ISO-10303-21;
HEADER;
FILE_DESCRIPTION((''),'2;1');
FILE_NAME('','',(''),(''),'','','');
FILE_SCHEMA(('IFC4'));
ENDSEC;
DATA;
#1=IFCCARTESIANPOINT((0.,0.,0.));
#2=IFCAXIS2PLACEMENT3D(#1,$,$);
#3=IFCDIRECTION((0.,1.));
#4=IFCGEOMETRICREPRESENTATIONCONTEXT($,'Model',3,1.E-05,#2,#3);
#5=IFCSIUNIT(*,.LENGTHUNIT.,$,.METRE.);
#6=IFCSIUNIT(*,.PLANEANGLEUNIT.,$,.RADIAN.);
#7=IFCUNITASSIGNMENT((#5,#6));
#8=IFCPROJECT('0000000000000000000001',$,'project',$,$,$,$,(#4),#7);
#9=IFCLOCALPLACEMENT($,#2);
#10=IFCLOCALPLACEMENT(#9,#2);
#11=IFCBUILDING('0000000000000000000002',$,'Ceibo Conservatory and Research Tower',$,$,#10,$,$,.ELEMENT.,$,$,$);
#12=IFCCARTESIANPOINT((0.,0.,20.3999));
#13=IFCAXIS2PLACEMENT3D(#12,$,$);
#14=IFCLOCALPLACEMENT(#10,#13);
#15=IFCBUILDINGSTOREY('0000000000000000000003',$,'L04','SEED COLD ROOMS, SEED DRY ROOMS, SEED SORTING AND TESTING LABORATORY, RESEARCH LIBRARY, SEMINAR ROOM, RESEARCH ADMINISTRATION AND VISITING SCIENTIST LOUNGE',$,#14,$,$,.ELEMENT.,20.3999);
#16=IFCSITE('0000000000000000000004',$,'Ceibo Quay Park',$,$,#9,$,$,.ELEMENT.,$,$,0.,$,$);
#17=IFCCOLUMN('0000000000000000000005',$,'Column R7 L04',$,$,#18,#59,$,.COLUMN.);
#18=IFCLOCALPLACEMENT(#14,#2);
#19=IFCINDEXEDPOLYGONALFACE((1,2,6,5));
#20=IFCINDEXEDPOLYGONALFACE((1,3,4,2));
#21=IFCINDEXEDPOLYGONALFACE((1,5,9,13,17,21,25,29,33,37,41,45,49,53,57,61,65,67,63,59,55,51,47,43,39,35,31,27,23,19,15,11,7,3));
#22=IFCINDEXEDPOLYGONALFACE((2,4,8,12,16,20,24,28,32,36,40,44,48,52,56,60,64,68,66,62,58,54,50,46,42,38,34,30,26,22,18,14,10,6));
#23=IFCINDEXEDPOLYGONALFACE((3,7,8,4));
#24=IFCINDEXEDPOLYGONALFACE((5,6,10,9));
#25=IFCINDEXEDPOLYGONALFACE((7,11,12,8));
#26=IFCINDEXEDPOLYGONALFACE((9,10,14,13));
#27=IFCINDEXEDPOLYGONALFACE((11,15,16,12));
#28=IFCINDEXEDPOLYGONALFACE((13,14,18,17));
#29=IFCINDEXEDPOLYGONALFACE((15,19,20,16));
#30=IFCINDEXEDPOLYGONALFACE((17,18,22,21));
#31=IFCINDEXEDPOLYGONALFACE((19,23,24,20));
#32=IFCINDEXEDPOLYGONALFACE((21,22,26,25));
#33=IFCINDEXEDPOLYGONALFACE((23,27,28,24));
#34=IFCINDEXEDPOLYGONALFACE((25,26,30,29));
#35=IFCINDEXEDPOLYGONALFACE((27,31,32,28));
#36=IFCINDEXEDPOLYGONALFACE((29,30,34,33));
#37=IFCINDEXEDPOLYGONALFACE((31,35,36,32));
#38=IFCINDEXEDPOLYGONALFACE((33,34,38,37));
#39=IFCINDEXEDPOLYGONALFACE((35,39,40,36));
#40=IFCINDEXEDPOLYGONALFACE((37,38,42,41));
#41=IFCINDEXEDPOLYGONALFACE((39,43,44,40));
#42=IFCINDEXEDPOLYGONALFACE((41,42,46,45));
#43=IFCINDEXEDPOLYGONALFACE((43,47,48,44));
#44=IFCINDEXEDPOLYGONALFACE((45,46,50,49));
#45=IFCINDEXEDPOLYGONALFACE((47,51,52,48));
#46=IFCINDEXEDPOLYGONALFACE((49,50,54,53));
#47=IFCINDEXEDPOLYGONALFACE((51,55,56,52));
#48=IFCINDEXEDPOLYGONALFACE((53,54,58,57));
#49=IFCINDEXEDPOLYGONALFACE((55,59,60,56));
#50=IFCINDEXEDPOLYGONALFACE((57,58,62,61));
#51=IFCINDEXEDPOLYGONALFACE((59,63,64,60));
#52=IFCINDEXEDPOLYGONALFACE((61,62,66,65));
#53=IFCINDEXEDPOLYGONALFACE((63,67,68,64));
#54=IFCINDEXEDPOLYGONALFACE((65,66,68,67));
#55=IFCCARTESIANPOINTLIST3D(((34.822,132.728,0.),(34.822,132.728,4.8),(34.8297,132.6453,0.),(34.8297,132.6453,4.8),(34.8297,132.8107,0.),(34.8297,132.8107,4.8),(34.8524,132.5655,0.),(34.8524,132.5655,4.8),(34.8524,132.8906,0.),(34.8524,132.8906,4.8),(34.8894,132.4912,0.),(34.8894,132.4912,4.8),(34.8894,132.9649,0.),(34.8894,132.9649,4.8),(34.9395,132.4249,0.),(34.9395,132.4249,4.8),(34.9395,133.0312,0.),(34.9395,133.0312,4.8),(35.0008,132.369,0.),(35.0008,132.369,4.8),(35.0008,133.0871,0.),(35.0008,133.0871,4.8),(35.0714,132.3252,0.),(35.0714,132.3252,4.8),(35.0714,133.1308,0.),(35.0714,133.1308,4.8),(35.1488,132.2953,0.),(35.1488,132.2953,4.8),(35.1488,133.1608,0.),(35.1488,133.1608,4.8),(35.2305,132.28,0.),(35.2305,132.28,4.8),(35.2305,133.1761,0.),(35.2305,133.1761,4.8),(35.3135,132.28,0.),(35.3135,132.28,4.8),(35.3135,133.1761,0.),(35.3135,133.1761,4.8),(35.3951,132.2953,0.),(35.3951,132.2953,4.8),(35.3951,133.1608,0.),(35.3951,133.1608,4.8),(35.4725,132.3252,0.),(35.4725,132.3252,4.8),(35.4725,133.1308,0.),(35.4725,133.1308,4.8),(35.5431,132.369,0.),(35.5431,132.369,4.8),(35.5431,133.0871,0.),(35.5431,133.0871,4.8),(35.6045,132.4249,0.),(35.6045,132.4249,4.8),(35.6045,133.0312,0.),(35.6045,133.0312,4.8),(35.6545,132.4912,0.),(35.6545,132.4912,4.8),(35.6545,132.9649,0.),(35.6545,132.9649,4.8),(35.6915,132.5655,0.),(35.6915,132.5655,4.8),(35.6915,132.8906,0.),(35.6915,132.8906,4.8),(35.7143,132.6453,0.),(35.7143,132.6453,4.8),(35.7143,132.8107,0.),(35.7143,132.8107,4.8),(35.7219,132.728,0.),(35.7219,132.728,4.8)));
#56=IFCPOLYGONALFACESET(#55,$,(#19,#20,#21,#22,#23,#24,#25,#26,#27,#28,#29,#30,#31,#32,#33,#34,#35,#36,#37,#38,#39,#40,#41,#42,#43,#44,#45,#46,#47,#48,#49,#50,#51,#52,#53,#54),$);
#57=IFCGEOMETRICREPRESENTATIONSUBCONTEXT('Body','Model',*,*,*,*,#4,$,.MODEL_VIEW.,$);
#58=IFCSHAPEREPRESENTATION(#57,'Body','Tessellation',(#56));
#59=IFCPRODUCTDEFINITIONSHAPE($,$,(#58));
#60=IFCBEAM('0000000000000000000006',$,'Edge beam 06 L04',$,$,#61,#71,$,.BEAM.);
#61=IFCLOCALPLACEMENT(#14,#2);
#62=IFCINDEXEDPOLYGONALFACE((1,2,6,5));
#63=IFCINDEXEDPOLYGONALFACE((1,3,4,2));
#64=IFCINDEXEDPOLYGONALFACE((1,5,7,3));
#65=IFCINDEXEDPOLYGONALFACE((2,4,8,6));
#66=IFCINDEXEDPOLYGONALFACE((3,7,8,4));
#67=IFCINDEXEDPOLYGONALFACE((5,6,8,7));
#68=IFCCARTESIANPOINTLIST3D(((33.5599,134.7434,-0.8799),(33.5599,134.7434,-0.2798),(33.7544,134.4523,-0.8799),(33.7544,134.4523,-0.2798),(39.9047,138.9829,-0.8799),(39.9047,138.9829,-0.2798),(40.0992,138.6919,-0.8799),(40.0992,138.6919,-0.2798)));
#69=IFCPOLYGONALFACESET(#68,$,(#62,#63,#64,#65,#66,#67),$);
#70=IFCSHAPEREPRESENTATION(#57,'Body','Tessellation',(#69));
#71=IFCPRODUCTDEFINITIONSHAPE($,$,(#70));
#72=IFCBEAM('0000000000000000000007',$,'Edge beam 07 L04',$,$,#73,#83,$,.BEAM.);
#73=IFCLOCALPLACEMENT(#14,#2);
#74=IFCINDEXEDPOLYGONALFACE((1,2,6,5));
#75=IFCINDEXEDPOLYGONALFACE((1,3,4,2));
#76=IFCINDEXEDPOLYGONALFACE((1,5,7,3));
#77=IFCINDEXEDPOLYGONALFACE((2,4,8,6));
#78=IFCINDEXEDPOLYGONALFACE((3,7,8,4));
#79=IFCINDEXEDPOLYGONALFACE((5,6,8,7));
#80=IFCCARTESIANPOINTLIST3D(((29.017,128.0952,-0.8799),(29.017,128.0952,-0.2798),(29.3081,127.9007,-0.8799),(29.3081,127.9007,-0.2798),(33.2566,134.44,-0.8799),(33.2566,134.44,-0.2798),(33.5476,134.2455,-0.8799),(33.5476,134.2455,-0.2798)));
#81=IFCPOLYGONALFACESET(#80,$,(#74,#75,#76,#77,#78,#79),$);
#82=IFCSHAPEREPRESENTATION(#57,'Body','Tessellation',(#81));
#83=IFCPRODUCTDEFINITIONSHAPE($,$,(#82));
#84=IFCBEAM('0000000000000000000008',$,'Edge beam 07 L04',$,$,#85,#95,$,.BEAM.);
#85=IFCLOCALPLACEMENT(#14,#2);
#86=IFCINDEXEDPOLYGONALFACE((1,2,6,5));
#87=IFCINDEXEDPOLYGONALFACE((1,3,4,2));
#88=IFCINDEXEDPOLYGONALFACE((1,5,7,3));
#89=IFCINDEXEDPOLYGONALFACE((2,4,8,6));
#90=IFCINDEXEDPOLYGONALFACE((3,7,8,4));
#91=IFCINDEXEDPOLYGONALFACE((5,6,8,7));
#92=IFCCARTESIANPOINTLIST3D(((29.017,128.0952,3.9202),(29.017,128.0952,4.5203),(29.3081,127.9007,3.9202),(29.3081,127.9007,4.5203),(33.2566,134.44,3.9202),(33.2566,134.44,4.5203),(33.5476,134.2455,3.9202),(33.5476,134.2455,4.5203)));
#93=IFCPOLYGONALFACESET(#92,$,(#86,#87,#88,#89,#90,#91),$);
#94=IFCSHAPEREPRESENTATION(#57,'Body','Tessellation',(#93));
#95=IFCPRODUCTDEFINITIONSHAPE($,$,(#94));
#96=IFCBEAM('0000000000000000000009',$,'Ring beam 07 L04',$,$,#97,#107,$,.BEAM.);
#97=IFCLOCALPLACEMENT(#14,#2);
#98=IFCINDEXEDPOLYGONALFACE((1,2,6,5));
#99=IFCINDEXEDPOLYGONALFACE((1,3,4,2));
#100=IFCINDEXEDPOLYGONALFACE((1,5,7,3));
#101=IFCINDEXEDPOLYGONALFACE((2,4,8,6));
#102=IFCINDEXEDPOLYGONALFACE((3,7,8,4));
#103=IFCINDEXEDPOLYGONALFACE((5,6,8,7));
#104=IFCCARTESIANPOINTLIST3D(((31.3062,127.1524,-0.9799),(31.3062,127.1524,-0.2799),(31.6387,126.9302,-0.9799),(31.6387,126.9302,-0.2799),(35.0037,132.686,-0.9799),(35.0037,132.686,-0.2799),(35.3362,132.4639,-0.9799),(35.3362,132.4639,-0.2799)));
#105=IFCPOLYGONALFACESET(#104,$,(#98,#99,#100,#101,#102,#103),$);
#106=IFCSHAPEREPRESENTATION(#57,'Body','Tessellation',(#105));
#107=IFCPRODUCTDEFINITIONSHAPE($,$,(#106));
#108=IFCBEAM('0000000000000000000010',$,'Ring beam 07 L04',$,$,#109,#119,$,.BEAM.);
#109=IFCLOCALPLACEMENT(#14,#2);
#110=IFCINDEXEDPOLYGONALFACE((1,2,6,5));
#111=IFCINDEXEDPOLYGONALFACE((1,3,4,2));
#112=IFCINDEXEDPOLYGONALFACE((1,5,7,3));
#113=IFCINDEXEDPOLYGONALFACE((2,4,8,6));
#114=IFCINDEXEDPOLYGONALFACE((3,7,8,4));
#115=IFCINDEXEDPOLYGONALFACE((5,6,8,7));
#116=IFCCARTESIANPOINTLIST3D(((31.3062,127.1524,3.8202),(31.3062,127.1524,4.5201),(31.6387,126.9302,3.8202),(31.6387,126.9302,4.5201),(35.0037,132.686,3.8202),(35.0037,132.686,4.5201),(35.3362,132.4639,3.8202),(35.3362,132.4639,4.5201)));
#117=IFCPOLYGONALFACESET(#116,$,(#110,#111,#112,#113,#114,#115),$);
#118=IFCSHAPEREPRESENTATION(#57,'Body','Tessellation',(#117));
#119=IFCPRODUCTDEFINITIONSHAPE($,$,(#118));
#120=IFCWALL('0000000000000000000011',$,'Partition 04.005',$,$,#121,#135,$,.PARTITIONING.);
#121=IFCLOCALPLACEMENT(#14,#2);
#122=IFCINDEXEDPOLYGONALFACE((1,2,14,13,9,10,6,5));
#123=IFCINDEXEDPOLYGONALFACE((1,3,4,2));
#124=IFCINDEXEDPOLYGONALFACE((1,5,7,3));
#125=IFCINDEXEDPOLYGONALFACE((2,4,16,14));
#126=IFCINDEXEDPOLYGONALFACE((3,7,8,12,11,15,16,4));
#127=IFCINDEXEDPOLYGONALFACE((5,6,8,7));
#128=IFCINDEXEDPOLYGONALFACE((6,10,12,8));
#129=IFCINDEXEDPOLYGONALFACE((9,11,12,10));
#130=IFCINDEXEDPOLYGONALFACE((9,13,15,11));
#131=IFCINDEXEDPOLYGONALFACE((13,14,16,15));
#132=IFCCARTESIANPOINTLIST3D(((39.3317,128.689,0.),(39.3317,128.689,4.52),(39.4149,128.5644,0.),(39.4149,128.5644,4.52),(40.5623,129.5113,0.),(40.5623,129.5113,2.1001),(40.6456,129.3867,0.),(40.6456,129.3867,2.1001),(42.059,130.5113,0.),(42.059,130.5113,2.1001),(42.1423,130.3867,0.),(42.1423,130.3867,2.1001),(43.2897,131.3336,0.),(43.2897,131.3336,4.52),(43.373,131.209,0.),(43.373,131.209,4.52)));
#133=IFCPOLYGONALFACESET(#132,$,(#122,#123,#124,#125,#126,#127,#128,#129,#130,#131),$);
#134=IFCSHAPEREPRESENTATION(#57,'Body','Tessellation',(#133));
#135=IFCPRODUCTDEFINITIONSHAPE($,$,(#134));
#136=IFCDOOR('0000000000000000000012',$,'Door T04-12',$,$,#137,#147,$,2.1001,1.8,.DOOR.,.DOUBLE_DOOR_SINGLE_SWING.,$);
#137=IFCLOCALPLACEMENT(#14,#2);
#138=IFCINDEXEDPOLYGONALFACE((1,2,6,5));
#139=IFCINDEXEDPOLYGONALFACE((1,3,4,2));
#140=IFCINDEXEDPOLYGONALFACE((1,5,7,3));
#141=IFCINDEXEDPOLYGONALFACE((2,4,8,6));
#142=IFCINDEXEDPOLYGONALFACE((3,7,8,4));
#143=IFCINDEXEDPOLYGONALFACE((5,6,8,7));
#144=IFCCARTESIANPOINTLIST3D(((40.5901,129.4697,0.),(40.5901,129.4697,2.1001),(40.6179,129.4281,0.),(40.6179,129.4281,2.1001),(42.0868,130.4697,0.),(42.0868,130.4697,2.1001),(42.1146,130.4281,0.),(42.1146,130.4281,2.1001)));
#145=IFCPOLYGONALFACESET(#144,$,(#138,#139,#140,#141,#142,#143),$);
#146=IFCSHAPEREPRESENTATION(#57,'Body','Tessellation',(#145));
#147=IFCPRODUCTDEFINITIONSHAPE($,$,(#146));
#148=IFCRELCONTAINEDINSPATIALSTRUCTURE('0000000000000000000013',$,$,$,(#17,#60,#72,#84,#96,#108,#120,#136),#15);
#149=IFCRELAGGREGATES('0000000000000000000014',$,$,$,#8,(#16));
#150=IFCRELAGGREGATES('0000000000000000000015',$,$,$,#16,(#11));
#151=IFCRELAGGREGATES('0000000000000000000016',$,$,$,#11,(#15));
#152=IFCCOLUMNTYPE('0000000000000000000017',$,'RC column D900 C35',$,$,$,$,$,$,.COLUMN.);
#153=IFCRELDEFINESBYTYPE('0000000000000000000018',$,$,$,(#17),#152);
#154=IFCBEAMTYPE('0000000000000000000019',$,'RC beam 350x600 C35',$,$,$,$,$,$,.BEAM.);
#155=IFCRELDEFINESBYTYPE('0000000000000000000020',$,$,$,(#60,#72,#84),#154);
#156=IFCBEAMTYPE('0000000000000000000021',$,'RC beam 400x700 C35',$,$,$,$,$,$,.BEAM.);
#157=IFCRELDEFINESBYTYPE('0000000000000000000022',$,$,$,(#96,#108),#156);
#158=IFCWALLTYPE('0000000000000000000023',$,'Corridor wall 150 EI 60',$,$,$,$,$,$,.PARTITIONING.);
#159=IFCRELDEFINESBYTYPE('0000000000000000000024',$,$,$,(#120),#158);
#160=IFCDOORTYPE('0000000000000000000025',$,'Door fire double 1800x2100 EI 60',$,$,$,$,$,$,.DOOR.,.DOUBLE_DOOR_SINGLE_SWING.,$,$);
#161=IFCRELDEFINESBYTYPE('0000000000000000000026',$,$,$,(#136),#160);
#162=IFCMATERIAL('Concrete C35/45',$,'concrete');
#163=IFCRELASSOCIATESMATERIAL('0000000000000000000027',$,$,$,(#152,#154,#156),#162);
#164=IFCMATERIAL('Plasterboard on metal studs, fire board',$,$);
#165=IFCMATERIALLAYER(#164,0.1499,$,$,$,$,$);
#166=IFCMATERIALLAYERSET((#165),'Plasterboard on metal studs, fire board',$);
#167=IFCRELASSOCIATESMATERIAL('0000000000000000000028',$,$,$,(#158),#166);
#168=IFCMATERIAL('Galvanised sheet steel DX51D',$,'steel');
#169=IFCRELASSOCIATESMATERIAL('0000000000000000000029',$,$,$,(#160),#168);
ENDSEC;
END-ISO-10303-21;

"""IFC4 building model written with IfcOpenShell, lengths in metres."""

from ifc_helpers import new_model, si_unit, direction, frame, frame_2d, origin, origin_2d, place, context, subcontext, project, spatial, rectangle, circle, extrude, material, layer, layer_set, material_profile, profile_set, type_object, element, fill, save


model = new_model("IFC4")

# Units and contexts
model_context = context("Model", 3, precision=1e-05, world=origin(), true_north=direction((0.0, 1.0)))
body_context = subcontext(model_context, "Body", "Model", "MODEL_VIEW")
ifc_project = project(units=[si_unit("LENGTHUNIT", "METRE"), si_unit("PLANEANGLEUNIT", "RADIAN")], contexts=[model_context])

# Site, building, storey
site_placement = place(None, origin())
site = spatial("IfcSite", under=ifc_project, at=site_placement, Name="Ceibo Quay Park", CompositionType="ELEMENT", RefElevation=0.0)
building_placement = place(site_placement, origin())
building = spatial("IfcBuilding", under=site, at=building_placement, Name="Ceibo Conservatory and Research Tower", CompositionType="ELEMENT")
storey_placement = place(building_placement, frame((0.0, 0.0, 20.3999)))
storey = spatial("IfcBuildingStorey", under=building, at=storey_placement, Name="L04", Description="SEED COLD ROOMS, SEED DRY ROOMS, SEED SORTING AND TESTING LABORATORY, RESEARCH LIBRARY, SEMINAR ROOM, RESEARCH ADMINISTRATION AND VISITING SCIENTIST LOUNGE", CompositionType="ELEMENT", Elevation=20.3999)

# Column
ifc_material_1 = material(Name="Concrete C35/45", Category="concrete")
ifc_material_profile_1 = material_profile(ifc_material_1, circle(Radius=0.45, at=origin_2d()), Name="RC D900")
ifc_profile_set_1 = profile_set([ifc_material_profile_1], Name="Concrete C35/45")
column_type = type_object("IfcColumnType", Name="RC column D900 C35", PredefinedType="COLUMN", material=ifc_profile_set_1)
column_placement = place(storey_placement, frame((35.272, 132.728, 0.0), z_axis=(0.0, 0.0, 1.0), x_axis=(1.0, 0.0, 0.0)))
element("IfcColumn", 1, at=column_placement, inside=storey, type_object=column_type, Name="Column R7 L04", PredefinedType="COLUMN", context=body_context, shape_type="SweptSolid", body=[
    extrude(circle(Radius=0.45, at=origin_2d()), origin(), (0.0, 0.0, 1.0), 4.8),
])

# Beams
ifc_material_profile_2 = material_profile(ifc_material_1, rectangle(XDim=0.3501, YDim=0.6001, at=origin_2d()), Name="RC 350x600")
ifc_profile_set_2 = profile_set([ifc_material_profile_2], Name="Concrete C35/45")
beam_type_1 = type_object("IfcBeamType", Name="RC beam 350x600 C35", PredefinedType="BEAM", material=ifc_profile_set_2)
for number, where, z_axis, x_axis, name in (
    (2, (40.002, 138.8374, -0.5798), (-0.831464, -0.555578, 0.0), (0.555578, -0.831464, 0.0), "Edge beam 06 L04"),
    (3, (33.4021, 134.3428, -0.5798), (-0.555578, -0.831464, 0.0), (0.831464, -0.555578, 0.0), "Edge beam 07 L04"),
    (4, (33.4021, 134.3428, 4.2202), (-0.555578, -0.831464, 0.0), (0.831464, -0.555578, 0.0), "Edge beam 07 L04"),
):
    element("IfcBeam", number, at=place(storey_placement, frame(where, z_axis=z_axis, x_axis=x_axis)), inside=storey, type_object=beam_type_1, Name=name, PredefinedType="BEAM", context=body_context, shape_type="SweptSolid", body=[
        extrude(rectangle(XDim=0.3501, YDim=0.6001, at=origin_2d()), origin(), (0.0, 0.0, 1.0), 7.6309),
    ])
ifc_material_profile_3 = material_profile(ifc_material_1, rectangle(XDim=0.3999, YDim=0.7, at=origin_2d()), Name="RC 400x700")
ifc_profile_set_3 = profile_set([ifc_material_profile_3], Name="Concrete C35/45")
beam_type_2 = type_object("IfcBeamType", Name="RC beam 400x700 C35", PredefinedType="BEAM", material=ifc_profile_set_3)
for number, where, z_axis, x_axis, name in (
    (5, (35.1699, 132.575, -0.6299), (-0.555572, -0.831469, 0.0), (0.831469, -0.555572, 0.0), "Ring beam 07 L04"),
    (6, (35.1699, 132.575, 4.1702), (-0.555572, -0.831469, 0.0), (0.831469, -0.555572, 0.0), "Ring beam 07 L04"),
):
    element("IfcBeam", number, at=place(storey_placement, frame(where, z_axis=z_axis, x_axis=x_axis)), inside=storey, type_object=beam_type_2, Name=name, PredefinedType="BEAM", context=body_context, shape_type="SweptSolid", body=[
        extrude(rectangle(XDim=0.3999, YDim=0.7, at=origin_2d()), origin(), (0.0, 0.0, 1.0), 6.6553),
    ])

# Wall, opening, door
ifc_material_2 = material(Name="Plasterboard on metal studs, fire board")
ifc_layer_1 = layer(ifc_material_2, 0.1499)
ifc_layer_set_1 = layer_set([ifc_layer_1], Name="Plasterboard on metal studs, fire board")
wall_type_1 = type_object("IfcWallType", Name="Corridor wall 150 EI 60", PredefinedType="PARTITIONING", material=ifc_layer_set_1)
wall_1_placement = place(storey_placement, frame((39.3733, 128.6267, 0.0), z_axis=(0.0, 0.0, 1.0), x_axis=(0.831482, 0.555552, 0.0)))
wall_1 = element("IfcWall", 7, at=wall_1_placement, inside=storey, type_object=wall_type_1, Name="Partition 04.005", PredefinedType="PARTITIONING", context=body_context, shape_type="SweptSolid", body=[
    extrude(rectangle(XDim=4.7603, YDim=0.1499, at=frame_2d((2.3801, 0.0))), origin(), (0.0, 0.0, 1.0), 4.52),
])
opening_1_placement = place(wall_1_placement, frame((1.4802, 0.0, 0.0)))
opening_1 = element("IfcOpeningElement", 8, at=opening_1_placement, cuts=wall_1, PredefinedType="OPENING", context=body_context, shape_type="SweptSolid", body=[
    extrude(rectangle(XDim=1.8, YDim=2.1001, at=frame_2d((0.8999, 1.05))), frame((0.0, 0.085, 0.0), z_axis=(0.0, -1.0, 0.0), x_axis=(1.0, 0.0, 0.0)), (0.0, 0.0, 1.0), 0.1699),
])
ifc_material_3 = material(Name="Galvanised sheet steel DX51D", Category="steel")
door_type = type_object("IfcDoorType", Name="Door fire double 1800x2100 EI 60", OperationType="DOUBLE_DOOR_SINGLE_SWING", PredefinedType="DOOR", material=ifc_material_3)
door_placement = place(opening_1_placement, origin())
door = element("IfcDoor", 9, at=door_placement, inside=storey, type_object=door_type, Name="Door T04-12", OperationType="DOUBLE_DOOR_SINGLE_SWING", OverallHeight=2.1001, OverallWidth=1.8, PredefinedType="DOOR", context=body_context, shape_type="SweptSolid", body=[
    extrude(rectangle(XDim=1.8, YDim=2.1001, at=frame_2d((0.8999, 1.05))), frame((0.0, 0.0249, 0.0), z_axis=(0.0, -1.0, 0.0), x_axis=(1.0, 0.0, 0.0)), (0.0, 0.0, 1.0), 0.05),
])
fill(opening_1, door)

save(model, "model.ifc")
